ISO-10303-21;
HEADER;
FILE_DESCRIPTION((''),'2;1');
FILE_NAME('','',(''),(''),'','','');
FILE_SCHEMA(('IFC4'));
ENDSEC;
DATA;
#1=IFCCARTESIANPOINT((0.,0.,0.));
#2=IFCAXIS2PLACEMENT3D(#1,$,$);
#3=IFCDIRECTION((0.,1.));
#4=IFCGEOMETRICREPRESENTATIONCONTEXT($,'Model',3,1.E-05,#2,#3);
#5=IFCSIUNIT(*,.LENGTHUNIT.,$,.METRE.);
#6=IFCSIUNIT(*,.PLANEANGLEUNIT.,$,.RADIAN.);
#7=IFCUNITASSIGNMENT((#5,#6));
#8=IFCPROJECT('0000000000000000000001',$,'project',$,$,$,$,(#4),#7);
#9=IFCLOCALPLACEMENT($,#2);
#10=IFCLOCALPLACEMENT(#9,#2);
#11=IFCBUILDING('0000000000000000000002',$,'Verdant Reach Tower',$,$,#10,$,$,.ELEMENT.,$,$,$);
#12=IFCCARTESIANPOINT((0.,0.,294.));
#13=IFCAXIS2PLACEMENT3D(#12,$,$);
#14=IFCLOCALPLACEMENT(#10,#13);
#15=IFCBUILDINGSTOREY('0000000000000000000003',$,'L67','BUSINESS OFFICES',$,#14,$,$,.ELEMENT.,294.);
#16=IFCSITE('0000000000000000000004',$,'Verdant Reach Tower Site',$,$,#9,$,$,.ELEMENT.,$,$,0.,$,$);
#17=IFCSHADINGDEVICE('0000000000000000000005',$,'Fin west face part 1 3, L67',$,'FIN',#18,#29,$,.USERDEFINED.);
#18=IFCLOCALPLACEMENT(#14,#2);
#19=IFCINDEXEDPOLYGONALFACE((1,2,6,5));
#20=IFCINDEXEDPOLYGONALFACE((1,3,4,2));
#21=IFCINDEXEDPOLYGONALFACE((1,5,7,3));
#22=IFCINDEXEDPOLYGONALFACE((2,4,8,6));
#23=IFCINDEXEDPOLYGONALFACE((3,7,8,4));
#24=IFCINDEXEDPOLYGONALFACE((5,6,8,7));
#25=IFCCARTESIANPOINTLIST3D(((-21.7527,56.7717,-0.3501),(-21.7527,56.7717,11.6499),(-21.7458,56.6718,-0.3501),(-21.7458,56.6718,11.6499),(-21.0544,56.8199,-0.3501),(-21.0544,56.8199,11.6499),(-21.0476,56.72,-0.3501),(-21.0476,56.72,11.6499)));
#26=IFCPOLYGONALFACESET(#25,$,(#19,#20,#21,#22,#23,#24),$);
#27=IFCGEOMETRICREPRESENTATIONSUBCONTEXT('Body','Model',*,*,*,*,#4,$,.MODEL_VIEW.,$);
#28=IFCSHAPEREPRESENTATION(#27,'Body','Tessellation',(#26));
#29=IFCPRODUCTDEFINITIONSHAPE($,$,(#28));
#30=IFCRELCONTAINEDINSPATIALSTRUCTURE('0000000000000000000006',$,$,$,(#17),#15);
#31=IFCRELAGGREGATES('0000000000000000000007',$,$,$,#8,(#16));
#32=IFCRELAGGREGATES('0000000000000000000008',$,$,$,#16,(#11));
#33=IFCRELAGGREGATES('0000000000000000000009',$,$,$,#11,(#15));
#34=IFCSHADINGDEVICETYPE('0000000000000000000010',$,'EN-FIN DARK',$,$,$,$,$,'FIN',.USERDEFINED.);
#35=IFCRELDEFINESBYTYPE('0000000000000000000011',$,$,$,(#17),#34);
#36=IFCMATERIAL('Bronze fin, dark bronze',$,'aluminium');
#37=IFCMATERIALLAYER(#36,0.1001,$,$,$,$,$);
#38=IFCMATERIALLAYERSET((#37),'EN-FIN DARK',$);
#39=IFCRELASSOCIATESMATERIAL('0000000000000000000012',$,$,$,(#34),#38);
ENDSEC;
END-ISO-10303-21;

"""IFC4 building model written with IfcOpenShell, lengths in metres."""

from ifc_helpers import new_model, si_unit, direction, frame, origin, origin_2d, place, context, subcontext, project, spatial, rectangle, extrude, material, layer, layer_set, type_object, element, save


model = new_model("IFC4")

# Units and contexts
model_context = context("Model", 3, precision=1e-05, world=origin(), true_north=direction((0.0, 1.0)))
body_context = subcontext(model_context, "Body", "Model", "MODEL_VIEW")
ifc_project = project(units=[si_unit("LENGTHUNIT", "METRE"), si_unit("PLANEANGLEUNIT", "RADIAN")], contexts=[model_context])

# Site, building, storey
site_placement = place(None, origin())
site = spatial("IfcSite", under=ifc_project, at=site_placement, Name="Verdant Reach Tower Site", CompositionType="ELEMENT", RefElevation=0.0)
building_placement = place(site_placement, origin())
building = spatial("IfcBuilding", under=site, at=building_placement, Name="Verdant Reach Tower", CompositionType="ELEMENT")
storey_placement = place(building_placement, frame((0.0, 0.0, 294.0)))
storey = spatial("IfcBuildingStorey", under=building, at=storey_placement, Name="L67", Description="BUSINESS OFFICES", CompositionType="ELEMENT", Elevation=294.0)

# Shading device
ifc_material_1 = material(Name="Bronze fin, dark bronze", Category="aluminium")
ifc_layer_1 = layer(ifc_material_1, 0.1001)
ifc_layer_set_1 = layer_set([ifc_layer_1], Name="EN-FIN DARK")
shading_device_type_1 = type_object("IfcShadingDeviceType", Name="EN-FIN DARK", ElementType="FIN", PredefinedType="USERDEFINED", material=ifc_layer_set_1)
shading_device_placement = place(storey_placement, frame((-21.4001, 56.7458, -0.3501), z_axis=(0.0, 0.0, 1.0), x_axis=(0.068802, -0.99763, 0.0)))
element("IfcShadingDevice", 1, at=shading_device_placement, inside=storey, type_object=shading_device_type_1, Name="Fin west face part 1 3, L67", ObjectType="FIN", PredefinedType="USERDEFINED", context=body_context, shape_type="SweptSolid", body=[
    extrude(rectangle(XDim=0.1001, YDim=0.7, at=origin_2d()), origin(), (0.0, 0.0, 1.0), 12.0),
])

save(model, "model.ifc")
